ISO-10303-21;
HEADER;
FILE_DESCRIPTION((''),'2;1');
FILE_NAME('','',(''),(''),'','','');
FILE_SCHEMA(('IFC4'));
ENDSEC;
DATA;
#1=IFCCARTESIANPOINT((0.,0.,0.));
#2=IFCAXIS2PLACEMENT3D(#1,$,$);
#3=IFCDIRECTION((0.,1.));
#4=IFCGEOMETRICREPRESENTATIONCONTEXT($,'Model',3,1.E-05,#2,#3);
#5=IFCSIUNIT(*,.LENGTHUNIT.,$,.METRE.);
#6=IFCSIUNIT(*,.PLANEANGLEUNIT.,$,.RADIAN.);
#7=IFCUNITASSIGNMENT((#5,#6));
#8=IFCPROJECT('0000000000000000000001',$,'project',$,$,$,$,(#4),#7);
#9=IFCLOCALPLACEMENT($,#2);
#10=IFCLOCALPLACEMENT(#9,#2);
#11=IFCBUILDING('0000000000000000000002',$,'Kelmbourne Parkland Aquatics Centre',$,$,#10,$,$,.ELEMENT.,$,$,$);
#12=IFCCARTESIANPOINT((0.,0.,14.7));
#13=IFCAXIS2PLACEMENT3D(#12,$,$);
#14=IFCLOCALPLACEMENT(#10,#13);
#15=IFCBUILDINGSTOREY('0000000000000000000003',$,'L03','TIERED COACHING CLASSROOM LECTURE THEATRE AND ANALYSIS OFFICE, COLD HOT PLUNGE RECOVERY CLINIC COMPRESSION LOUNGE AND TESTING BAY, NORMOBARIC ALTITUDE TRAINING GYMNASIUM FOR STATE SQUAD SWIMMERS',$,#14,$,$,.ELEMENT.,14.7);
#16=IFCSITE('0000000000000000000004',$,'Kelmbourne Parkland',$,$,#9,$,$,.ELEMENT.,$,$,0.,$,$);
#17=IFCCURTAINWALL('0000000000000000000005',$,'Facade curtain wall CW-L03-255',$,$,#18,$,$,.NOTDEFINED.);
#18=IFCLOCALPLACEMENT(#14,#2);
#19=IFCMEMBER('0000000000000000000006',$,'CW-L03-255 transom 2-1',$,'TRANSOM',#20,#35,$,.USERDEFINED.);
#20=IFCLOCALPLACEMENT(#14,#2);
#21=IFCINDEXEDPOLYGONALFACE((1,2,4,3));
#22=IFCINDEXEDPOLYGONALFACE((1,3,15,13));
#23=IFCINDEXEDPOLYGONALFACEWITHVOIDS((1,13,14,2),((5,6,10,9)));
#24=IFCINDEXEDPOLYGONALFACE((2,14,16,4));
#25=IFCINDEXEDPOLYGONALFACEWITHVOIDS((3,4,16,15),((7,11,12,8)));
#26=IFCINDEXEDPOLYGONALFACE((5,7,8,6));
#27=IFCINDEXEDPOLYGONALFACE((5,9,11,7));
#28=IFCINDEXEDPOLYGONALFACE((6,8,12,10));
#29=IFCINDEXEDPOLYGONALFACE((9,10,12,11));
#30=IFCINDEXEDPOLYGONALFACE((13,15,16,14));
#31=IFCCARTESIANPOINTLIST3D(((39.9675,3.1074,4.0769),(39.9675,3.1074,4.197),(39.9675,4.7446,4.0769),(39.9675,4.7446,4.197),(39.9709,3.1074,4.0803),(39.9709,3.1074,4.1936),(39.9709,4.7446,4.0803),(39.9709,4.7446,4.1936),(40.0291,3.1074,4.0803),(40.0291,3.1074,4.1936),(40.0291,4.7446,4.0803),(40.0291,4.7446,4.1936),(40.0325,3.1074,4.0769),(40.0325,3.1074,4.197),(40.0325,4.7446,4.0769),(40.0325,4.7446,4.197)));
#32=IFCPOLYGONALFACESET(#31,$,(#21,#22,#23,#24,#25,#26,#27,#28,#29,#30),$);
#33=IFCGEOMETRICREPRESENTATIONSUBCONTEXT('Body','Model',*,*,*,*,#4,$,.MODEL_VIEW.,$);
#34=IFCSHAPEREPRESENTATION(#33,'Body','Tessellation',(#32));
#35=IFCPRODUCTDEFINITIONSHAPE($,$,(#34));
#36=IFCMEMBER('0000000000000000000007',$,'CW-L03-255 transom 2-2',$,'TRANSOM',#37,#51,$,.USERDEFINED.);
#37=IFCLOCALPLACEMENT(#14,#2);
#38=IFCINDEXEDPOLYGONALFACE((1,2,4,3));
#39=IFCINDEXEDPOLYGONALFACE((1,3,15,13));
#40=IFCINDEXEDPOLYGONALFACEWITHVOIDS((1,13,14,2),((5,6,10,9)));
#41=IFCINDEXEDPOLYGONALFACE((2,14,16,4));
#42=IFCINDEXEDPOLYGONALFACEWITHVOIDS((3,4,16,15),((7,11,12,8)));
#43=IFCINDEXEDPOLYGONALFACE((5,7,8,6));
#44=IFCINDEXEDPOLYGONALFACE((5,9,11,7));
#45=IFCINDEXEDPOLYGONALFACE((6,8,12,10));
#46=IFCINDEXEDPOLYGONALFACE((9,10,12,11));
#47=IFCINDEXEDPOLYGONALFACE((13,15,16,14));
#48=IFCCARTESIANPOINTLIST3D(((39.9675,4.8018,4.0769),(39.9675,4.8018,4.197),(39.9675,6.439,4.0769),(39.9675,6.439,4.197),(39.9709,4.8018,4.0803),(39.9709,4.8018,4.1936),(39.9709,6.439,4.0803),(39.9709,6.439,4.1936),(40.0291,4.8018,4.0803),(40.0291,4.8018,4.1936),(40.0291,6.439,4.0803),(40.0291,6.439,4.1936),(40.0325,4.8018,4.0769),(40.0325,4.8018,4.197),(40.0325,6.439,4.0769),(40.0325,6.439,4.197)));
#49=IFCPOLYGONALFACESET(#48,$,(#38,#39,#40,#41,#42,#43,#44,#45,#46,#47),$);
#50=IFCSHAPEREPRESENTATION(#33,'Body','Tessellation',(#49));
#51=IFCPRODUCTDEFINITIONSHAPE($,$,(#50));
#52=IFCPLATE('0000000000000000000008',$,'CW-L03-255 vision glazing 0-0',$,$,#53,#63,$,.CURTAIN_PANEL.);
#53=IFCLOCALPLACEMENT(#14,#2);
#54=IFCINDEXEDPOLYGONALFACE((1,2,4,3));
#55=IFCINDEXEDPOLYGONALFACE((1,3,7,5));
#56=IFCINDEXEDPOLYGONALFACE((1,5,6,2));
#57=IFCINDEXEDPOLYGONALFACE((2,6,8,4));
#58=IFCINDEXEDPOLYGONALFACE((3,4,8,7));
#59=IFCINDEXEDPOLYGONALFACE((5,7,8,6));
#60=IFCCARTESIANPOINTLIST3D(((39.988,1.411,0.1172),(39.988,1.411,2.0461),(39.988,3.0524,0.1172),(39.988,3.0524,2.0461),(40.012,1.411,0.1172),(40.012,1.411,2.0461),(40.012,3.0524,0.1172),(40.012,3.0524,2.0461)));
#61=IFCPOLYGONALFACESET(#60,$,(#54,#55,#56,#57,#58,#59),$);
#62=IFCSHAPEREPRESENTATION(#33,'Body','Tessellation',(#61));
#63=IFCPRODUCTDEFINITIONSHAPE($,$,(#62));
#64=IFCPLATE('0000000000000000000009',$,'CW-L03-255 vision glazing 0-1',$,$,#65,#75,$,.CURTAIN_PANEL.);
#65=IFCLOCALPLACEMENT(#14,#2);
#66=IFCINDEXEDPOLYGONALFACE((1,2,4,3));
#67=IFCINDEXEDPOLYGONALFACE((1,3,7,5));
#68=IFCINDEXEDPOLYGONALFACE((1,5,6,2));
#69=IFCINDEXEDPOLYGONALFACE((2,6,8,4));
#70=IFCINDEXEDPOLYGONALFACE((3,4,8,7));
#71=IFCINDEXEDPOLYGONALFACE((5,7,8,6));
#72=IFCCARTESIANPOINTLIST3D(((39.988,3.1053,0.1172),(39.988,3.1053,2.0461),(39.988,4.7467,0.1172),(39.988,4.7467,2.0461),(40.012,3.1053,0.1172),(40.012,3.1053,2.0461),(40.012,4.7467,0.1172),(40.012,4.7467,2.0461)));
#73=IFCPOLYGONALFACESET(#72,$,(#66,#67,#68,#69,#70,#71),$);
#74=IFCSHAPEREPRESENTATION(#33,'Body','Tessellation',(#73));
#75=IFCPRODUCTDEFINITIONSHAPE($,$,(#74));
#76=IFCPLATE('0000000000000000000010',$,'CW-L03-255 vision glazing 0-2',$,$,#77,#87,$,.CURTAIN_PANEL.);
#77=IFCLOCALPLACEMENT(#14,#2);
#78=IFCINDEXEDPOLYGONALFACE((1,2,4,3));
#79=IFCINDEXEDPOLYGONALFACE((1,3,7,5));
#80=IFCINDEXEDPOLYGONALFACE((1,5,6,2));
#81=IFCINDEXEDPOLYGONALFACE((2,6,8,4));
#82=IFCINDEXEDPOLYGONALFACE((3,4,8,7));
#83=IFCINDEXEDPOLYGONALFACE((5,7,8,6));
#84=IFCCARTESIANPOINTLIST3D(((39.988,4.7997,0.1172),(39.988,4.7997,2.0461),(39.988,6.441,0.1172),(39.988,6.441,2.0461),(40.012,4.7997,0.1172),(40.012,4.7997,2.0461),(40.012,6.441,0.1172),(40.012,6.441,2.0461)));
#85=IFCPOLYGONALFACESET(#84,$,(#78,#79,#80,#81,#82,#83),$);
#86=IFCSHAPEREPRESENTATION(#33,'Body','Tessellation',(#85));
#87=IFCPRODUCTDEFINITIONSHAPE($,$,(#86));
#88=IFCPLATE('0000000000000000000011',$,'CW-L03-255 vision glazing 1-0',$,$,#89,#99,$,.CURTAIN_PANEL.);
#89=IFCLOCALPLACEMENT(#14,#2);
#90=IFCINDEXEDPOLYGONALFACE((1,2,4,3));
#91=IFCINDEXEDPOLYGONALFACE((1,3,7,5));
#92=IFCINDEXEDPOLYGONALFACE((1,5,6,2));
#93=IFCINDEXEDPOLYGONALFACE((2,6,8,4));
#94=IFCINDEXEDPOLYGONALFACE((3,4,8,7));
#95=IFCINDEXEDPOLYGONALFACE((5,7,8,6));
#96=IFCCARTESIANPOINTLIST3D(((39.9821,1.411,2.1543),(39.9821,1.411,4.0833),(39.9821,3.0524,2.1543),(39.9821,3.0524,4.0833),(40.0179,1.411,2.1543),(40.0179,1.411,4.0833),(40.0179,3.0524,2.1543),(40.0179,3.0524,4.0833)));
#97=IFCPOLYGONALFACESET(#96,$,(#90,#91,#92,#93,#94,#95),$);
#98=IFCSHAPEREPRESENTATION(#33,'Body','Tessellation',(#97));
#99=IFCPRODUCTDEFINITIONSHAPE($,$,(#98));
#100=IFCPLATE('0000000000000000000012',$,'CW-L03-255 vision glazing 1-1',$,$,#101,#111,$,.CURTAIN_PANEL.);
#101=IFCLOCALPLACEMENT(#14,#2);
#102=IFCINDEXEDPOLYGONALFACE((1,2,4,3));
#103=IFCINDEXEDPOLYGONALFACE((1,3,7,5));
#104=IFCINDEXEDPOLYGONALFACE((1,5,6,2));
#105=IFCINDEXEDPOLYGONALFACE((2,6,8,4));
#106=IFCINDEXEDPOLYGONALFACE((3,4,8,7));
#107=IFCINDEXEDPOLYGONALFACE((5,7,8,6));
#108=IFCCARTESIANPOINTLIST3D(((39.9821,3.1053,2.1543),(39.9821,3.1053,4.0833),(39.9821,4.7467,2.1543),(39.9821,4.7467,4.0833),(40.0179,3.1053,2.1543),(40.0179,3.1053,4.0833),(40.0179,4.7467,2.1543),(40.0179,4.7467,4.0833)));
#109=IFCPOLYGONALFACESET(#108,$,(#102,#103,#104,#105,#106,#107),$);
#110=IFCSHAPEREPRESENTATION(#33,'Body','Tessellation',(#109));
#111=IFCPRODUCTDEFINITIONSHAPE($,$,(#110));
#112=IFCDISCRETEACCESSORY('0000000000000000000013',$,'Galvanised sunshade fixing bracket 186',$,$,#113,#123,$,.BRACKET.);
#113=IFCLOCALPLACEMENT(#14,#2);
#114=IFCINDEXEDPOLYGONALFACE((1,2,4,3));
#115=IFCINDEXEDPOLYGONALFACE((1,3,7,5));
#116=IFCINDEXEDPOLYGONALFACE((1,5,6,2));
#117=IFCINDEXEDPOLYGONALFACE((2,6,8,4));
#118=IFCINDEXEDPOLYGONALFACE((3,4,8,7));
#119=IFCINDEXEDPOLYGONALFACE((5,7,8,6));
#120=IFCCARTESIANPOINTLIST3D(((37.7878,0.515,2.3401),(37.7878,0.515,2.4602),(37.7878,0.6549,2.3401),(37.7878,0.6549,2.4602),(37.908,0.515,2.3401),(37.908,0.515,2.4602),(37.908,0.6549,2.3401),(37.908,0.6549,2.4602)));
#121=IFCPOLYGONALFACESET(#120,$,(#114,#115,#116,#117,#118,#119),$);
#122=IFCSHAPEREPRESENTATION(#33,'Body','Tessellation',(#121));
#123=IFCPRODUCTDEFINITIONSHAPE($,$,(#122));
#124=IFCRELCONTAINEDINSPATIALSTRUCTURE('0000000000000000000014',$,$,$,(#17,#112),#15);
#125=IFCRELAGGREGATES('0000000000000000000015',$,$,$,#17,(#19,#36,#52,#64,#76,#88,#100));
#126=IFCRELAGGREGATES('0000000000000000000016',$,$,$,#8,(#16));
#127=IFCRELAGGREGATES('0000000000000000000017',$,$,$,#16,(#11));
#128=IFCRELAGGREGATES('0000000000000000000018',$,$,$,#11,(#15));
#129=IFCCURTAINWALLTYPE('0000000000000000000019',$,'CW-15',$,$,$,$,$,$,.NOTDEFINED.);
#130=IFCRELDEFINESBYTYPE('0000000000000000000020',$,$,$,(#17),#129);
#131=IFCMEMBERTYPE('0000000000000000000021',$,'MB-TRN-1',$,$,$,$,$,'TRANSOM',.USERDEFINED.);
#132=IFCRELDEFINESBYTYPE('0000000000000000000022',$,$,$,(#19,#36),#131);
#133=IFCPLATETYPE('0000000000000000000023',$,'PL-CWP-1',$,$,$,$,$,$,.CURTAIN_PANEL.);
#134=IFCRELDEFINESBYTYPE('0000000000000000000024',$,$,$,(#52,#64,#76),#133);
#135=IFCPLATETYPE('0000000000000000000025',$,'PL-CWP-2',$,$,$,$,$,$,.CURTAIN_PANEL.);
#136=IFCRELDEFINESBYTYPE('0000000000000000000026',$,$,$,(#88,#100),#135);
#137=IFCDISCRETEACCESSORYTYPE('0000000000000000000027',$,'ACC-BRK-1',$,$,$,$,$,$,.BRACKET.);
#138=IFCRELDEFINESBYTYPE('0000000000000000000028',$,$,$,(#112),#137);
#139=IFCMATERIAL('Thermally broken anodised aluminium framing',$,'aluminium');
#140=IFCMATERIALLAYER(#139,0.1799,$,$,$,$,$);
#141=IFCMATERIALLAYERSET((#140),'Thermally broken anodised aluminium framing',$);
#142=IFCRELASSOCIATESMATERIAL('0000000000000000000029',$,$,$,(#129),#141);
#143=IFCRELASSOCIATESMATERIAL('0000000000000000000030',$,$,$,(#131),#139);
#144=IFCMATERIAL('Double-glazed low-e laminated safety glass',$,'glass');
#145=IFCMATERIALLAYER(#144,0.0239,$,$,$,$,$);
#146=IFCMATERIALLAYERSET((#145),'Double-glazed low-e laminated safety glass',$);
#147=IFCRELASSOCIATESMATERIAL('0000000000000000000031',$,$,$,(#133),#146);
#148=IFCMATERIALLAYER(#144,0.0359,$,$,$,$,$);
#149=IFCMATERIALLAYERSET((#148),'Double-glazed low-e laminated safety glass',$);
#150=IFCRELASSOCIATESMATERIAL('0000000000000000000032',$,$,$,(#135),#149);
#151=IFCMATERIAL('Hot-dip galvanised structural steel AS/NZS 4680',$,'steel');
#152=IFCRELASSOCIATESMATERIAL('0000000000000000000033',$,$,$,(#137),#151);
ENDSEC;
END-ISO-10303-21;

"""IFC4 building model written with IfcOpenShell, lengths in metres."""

from ifc_helpers import new_model, si_unit, direction, frame, origin, origin_2d, place, context, subcontext, project, spatial, rectangle, hollow_rectangle, extrude, material, layer, layer_set, material_profile, profile_set, type_object, element, aggregate, save


model = new_model("IFC4")

# Units and contexts
model_context = context("Model", 3, precision=1e-05, world=origin(), true_north=direction((0.0, 1.0)))
body_context = subcontext(model_context, "Body", "Model", "MODEL_VIEW")
ifc_project = project(units=[si_unit("LENGTHUNIT", "METRE"), si_unit("PLANEANGLEUNIT", "RADIAN")], contexts=[model_context])

# Site, building, storey
site_placement = place(None, origin())
site = spatial("IfcSite", under=ifc_project, at=site_placement, Name="Kelmbourne Parkland", CompositionType="ELEMENT", RefElevation=0.0)
building_placement = place(site_placement, origin())
building = spatial("IfcBuilding", under=site, at=building_placement, Name="Kelmbourne Parkland Aquatics Centre", CompositionType="ELEMENT")
storey_placement = place(building_placement, frame((0.0, 0.0, 14.7)))
storey = spatial("IfcBuildingStorey", under=building, at=storey_placement, Name="L03", Description="TIERED COACHING CLASSROOM LECTURE THEATRE AND ANALYSIS OFFICE, COLD HOT PLUNGE RECOVERY CLINIC COMPRESSION LOUNGE AND TESTING BAY, NORMOBARIC ALTITUDE TRAINING GYMNASIUM FOR STATE SQUAD SWIMMERS", CompositionType="ELEMENT", Elevation=14.7)

# Curtain wall, members, plates
ifc_material_1 = material(Name="Thermally broken anodised aluminium framing", Category="aluminium")
ifc_layer_1 = layer(ifc_material_1, 0.1799)
ifc_layer_set_1 = layer_set([ifc_layer_1], Name="Thermally broken anodised aluminium framing")
curtain_wall_type = type_object("IfcCurtainWallType", Name="CW-15", PredefinedType="NOTDEFINED", material=ifc_layer_set_1)
curtain_wall_placement = place(storey_placement, origin())
curtain_wall = element("IfcCurtainWall", 1, at=curtain_wall_placement, inside=storey, type_object=curtain_wall_type, Name="Facade curtain wall CW-L03-255", PredefinedType="NOTDEFINED")
ifc_material_profile_1 = material_profile(ifc_material_1, hollow_rectangle(XDim=0.0649, YDim=0.1201, WallThickness=0.0034, at=origin_2d()), Name="CW-T 65x120")
ifc_profile_set_1 = profile_set([ifc_material_profile_1], Name="Thermally broken anodised aluminium framing")
member_type_1 = type_object("IfcMemberType", Name="MB-TRN-1", ElementType="TRANSOM", PredefinedType="USERDEFINED", material=ifc_profile_set_1)
member_1_placement = place(storey_placement, frame((40.0, 3.1074, 4.137), z_axis=(0.0, 1.0, 0.0), x_axis=(-1.0, 0.0, 0.0)))
member_1 = element("IfcMember", 2, at=member_1_placement, type_object=member_type_1, Name="CW-L03-255 transom 2-1", ObjectType="TRANSOM", PredefinedType="USERDEFINED", context=body_context, shape_type="SweptSolid", body=[
    extrude(hollow_rectangle(XDim=0.0649, YDim=0.1201, WallThickness=0.0034, at=origin_2d()), origin(), (0.0, 0.0, 1.0), 1.6372),
])
member_2_placement = place(storey_placement, frame((40.0, 4.8018, 4.137), z_axis=(0.0, 1.0, 0.0), x_axis=(-1.0, 0.0, 0.0)))
member_2 = element("IfcMember", 3, at=member_2_placement, type_object=member_type_1, Name="CW-L03-255 transom 2-2", ObjectType="TRANSOM", PredefinedType="USERDEFINED", context=body_context, shape_type="SweptSolid", body=[
    extrude(hollow_rectangle(XDim=0.0649, YDim=0.1201, WallThickness=0.0034, at=origin_2d()), origin(), (0.0, 0.0, 1.0), 1.6372),
])
ifc_material_2 = material(Name="Double-glazed low-e laminated safety glass", Category="glass")
ifc_layer_2 = layer(ifc_material_2, 0.0239)
ifc_layer_set_2 = layer_set([ifc_layer_2], Name="Double-glazed low-e laminated safety glass")
plate_type_1 = type_object("IfcPlateType", Name="PL-CWP-1", PredefinedType="CURTAIN_PANEL", material=ifc_layer_set_2)
plate_1_placement = place(storey_placement, frame((40.0, 2.2317, 0.1172), z_axis=(0.0, 0.0, 1.0), x_axis=(0.0, 1.0, 0.0)))
plate_1 = element("IfcPlate", 4, at=plate_1_placement, type_object=plate_type_1, Name="CW-L03-255 vision glazing 0-0", PredefinedType="CURTAIN_PANEL", context=body_context, shape_type="SweptSolid", body=[
    extrude(rectangle(XDim=1.6414, YDim=0.0239, at=origin_2d()), origin(), (0.0, 0.0, 1.0), 1.929),
])
plate_2_placement = place(storey_placement, frame((40.0, 3.926, 0.1172), z_axis=(0.0, 0.0, 1.0), x_axis=(0.0, 1.0, 0.0)))
plate_2 = element("IfcPlate", 5, at=plate_2_placement, type_object=plate_type_1, Name="CW-L03-255 vision glazing 0-1", PredefinedType="CURTAIN_PANEL", context=body_context, shape_type="SweptSolid", body=[
    extrude(rectangle(XDim=1.6414, YDim=0.0239, at=origin_2d()), origin(), (0.0, 0.0, 1.0), 1.929),
])
plate_3_placement = place(storey_placement, frame((40.0, 5.6204, 0.1172), z_axis=(0.0, 0.0, 1.0), x_axis=(0.0, 1.0, 0.0)))
plate_3 = element("IfcPlate", 6, at=plate_3_placement, type_object=plate_type_1, Name="CW-L03-255 vision glazing 0-2", PredefinedType="CURTAIN_PANEL", context=body_context, shape_type="SweptSolid", body=[
    extrude(rectangle(XDim=1.6414, YDim=0.0239, at=origin_2d()), origin(), (0.0, 0.0, 1.0), 1.929),
])
ifc_layer_3 = layer(ifc_material_2, 0.0359)
ifc_layer_set_3 = layer_set([ifc_layer_3], Name="Double-glazed low-e laminated safety glass")
plate_type_2 = type_object("IfcPlateType", Name="PL-CWP-2", PredefinedType="CURTAIN_PANEL", material=ifc_layer_set_3)
plate_4_placement = place(storey_placement, frame((40.0, 2.2317, 2.1543), z_axis=(0.0, 0.0, 1.0), x_axis=(0.0, 1.0, 0.0)))
plate_4 = element("IfcPlate", 7, at=plate_4_placement, type_object=plate_type_2, Name="CW-L03-255 vision glazing 1-0", PredefinedType="CURTAIN_PANEL", context=body_context, shape_type="SweptSolid", body=[
    extrude(rectangle(XDim=1.6414, YDim=0.0359, at=origin_2d()), origin(), (0.0, 0.0, 1.0), 1.929),
])
plate_5_placement = place(storey_placement, frame((40.0, 3.926, 2.1543), z_axis=(0.0, 0.0, 1.0), x_axis=(0.0, 1.0, 0.0)))
plate_5 = element("IfcPlate", 8, at=plate_5_placement, type_object=plate_type_2, Name="CW-L03-255 vision glazing 1-1", PredefinedType="CURTAIN_PANEL", context=body_context, shape_type="SweptSolid", body=[
    extrude(rectangle(XDim=1.6414, YDim=0.0359, at=origin_2d()), origin(), (0.0, 0.0, 1.0), 1.929),
])
aggregate(curtain_wall, [member_1, member_2, plate_1, plate_2, plate_3, plate_4, plate_5])

# Discrete accessory
ifc_material_3 = material(Name="Hot-dip galvanised structural steel AS/NZS 4680", Category="steel")
discrete_accessory_type = type_object("IfcDiscreteAccessoryType", Name="ACC-BRK-1", PredefinedType="BRACKET", material=ifc_material_3)
discrete_accessory_placement = place(storey_placement, frame((37.8479, 0.585, 2.3401), z_axis=(0.0, 0.0, 1.0), x_axis=(1.0, 0.0, 0.0)))
element("IfcDiscreteAccessory", 9, at=discrete_accessory_placement, inside=storey, type_object=discrete_accessory_type, Name="Galvanised sunshade fixing bracket 186", PredefinedType="BRACKET", context=body_context, shape_type="SweptSolid", body=[
    extrude(rectangle(XDim=0.1201, YDim=0.1399, at=origin_2d()), origin(), (0.0, 0.0, 1.0), 0.1201),
])

save(model, "model.ifc")
